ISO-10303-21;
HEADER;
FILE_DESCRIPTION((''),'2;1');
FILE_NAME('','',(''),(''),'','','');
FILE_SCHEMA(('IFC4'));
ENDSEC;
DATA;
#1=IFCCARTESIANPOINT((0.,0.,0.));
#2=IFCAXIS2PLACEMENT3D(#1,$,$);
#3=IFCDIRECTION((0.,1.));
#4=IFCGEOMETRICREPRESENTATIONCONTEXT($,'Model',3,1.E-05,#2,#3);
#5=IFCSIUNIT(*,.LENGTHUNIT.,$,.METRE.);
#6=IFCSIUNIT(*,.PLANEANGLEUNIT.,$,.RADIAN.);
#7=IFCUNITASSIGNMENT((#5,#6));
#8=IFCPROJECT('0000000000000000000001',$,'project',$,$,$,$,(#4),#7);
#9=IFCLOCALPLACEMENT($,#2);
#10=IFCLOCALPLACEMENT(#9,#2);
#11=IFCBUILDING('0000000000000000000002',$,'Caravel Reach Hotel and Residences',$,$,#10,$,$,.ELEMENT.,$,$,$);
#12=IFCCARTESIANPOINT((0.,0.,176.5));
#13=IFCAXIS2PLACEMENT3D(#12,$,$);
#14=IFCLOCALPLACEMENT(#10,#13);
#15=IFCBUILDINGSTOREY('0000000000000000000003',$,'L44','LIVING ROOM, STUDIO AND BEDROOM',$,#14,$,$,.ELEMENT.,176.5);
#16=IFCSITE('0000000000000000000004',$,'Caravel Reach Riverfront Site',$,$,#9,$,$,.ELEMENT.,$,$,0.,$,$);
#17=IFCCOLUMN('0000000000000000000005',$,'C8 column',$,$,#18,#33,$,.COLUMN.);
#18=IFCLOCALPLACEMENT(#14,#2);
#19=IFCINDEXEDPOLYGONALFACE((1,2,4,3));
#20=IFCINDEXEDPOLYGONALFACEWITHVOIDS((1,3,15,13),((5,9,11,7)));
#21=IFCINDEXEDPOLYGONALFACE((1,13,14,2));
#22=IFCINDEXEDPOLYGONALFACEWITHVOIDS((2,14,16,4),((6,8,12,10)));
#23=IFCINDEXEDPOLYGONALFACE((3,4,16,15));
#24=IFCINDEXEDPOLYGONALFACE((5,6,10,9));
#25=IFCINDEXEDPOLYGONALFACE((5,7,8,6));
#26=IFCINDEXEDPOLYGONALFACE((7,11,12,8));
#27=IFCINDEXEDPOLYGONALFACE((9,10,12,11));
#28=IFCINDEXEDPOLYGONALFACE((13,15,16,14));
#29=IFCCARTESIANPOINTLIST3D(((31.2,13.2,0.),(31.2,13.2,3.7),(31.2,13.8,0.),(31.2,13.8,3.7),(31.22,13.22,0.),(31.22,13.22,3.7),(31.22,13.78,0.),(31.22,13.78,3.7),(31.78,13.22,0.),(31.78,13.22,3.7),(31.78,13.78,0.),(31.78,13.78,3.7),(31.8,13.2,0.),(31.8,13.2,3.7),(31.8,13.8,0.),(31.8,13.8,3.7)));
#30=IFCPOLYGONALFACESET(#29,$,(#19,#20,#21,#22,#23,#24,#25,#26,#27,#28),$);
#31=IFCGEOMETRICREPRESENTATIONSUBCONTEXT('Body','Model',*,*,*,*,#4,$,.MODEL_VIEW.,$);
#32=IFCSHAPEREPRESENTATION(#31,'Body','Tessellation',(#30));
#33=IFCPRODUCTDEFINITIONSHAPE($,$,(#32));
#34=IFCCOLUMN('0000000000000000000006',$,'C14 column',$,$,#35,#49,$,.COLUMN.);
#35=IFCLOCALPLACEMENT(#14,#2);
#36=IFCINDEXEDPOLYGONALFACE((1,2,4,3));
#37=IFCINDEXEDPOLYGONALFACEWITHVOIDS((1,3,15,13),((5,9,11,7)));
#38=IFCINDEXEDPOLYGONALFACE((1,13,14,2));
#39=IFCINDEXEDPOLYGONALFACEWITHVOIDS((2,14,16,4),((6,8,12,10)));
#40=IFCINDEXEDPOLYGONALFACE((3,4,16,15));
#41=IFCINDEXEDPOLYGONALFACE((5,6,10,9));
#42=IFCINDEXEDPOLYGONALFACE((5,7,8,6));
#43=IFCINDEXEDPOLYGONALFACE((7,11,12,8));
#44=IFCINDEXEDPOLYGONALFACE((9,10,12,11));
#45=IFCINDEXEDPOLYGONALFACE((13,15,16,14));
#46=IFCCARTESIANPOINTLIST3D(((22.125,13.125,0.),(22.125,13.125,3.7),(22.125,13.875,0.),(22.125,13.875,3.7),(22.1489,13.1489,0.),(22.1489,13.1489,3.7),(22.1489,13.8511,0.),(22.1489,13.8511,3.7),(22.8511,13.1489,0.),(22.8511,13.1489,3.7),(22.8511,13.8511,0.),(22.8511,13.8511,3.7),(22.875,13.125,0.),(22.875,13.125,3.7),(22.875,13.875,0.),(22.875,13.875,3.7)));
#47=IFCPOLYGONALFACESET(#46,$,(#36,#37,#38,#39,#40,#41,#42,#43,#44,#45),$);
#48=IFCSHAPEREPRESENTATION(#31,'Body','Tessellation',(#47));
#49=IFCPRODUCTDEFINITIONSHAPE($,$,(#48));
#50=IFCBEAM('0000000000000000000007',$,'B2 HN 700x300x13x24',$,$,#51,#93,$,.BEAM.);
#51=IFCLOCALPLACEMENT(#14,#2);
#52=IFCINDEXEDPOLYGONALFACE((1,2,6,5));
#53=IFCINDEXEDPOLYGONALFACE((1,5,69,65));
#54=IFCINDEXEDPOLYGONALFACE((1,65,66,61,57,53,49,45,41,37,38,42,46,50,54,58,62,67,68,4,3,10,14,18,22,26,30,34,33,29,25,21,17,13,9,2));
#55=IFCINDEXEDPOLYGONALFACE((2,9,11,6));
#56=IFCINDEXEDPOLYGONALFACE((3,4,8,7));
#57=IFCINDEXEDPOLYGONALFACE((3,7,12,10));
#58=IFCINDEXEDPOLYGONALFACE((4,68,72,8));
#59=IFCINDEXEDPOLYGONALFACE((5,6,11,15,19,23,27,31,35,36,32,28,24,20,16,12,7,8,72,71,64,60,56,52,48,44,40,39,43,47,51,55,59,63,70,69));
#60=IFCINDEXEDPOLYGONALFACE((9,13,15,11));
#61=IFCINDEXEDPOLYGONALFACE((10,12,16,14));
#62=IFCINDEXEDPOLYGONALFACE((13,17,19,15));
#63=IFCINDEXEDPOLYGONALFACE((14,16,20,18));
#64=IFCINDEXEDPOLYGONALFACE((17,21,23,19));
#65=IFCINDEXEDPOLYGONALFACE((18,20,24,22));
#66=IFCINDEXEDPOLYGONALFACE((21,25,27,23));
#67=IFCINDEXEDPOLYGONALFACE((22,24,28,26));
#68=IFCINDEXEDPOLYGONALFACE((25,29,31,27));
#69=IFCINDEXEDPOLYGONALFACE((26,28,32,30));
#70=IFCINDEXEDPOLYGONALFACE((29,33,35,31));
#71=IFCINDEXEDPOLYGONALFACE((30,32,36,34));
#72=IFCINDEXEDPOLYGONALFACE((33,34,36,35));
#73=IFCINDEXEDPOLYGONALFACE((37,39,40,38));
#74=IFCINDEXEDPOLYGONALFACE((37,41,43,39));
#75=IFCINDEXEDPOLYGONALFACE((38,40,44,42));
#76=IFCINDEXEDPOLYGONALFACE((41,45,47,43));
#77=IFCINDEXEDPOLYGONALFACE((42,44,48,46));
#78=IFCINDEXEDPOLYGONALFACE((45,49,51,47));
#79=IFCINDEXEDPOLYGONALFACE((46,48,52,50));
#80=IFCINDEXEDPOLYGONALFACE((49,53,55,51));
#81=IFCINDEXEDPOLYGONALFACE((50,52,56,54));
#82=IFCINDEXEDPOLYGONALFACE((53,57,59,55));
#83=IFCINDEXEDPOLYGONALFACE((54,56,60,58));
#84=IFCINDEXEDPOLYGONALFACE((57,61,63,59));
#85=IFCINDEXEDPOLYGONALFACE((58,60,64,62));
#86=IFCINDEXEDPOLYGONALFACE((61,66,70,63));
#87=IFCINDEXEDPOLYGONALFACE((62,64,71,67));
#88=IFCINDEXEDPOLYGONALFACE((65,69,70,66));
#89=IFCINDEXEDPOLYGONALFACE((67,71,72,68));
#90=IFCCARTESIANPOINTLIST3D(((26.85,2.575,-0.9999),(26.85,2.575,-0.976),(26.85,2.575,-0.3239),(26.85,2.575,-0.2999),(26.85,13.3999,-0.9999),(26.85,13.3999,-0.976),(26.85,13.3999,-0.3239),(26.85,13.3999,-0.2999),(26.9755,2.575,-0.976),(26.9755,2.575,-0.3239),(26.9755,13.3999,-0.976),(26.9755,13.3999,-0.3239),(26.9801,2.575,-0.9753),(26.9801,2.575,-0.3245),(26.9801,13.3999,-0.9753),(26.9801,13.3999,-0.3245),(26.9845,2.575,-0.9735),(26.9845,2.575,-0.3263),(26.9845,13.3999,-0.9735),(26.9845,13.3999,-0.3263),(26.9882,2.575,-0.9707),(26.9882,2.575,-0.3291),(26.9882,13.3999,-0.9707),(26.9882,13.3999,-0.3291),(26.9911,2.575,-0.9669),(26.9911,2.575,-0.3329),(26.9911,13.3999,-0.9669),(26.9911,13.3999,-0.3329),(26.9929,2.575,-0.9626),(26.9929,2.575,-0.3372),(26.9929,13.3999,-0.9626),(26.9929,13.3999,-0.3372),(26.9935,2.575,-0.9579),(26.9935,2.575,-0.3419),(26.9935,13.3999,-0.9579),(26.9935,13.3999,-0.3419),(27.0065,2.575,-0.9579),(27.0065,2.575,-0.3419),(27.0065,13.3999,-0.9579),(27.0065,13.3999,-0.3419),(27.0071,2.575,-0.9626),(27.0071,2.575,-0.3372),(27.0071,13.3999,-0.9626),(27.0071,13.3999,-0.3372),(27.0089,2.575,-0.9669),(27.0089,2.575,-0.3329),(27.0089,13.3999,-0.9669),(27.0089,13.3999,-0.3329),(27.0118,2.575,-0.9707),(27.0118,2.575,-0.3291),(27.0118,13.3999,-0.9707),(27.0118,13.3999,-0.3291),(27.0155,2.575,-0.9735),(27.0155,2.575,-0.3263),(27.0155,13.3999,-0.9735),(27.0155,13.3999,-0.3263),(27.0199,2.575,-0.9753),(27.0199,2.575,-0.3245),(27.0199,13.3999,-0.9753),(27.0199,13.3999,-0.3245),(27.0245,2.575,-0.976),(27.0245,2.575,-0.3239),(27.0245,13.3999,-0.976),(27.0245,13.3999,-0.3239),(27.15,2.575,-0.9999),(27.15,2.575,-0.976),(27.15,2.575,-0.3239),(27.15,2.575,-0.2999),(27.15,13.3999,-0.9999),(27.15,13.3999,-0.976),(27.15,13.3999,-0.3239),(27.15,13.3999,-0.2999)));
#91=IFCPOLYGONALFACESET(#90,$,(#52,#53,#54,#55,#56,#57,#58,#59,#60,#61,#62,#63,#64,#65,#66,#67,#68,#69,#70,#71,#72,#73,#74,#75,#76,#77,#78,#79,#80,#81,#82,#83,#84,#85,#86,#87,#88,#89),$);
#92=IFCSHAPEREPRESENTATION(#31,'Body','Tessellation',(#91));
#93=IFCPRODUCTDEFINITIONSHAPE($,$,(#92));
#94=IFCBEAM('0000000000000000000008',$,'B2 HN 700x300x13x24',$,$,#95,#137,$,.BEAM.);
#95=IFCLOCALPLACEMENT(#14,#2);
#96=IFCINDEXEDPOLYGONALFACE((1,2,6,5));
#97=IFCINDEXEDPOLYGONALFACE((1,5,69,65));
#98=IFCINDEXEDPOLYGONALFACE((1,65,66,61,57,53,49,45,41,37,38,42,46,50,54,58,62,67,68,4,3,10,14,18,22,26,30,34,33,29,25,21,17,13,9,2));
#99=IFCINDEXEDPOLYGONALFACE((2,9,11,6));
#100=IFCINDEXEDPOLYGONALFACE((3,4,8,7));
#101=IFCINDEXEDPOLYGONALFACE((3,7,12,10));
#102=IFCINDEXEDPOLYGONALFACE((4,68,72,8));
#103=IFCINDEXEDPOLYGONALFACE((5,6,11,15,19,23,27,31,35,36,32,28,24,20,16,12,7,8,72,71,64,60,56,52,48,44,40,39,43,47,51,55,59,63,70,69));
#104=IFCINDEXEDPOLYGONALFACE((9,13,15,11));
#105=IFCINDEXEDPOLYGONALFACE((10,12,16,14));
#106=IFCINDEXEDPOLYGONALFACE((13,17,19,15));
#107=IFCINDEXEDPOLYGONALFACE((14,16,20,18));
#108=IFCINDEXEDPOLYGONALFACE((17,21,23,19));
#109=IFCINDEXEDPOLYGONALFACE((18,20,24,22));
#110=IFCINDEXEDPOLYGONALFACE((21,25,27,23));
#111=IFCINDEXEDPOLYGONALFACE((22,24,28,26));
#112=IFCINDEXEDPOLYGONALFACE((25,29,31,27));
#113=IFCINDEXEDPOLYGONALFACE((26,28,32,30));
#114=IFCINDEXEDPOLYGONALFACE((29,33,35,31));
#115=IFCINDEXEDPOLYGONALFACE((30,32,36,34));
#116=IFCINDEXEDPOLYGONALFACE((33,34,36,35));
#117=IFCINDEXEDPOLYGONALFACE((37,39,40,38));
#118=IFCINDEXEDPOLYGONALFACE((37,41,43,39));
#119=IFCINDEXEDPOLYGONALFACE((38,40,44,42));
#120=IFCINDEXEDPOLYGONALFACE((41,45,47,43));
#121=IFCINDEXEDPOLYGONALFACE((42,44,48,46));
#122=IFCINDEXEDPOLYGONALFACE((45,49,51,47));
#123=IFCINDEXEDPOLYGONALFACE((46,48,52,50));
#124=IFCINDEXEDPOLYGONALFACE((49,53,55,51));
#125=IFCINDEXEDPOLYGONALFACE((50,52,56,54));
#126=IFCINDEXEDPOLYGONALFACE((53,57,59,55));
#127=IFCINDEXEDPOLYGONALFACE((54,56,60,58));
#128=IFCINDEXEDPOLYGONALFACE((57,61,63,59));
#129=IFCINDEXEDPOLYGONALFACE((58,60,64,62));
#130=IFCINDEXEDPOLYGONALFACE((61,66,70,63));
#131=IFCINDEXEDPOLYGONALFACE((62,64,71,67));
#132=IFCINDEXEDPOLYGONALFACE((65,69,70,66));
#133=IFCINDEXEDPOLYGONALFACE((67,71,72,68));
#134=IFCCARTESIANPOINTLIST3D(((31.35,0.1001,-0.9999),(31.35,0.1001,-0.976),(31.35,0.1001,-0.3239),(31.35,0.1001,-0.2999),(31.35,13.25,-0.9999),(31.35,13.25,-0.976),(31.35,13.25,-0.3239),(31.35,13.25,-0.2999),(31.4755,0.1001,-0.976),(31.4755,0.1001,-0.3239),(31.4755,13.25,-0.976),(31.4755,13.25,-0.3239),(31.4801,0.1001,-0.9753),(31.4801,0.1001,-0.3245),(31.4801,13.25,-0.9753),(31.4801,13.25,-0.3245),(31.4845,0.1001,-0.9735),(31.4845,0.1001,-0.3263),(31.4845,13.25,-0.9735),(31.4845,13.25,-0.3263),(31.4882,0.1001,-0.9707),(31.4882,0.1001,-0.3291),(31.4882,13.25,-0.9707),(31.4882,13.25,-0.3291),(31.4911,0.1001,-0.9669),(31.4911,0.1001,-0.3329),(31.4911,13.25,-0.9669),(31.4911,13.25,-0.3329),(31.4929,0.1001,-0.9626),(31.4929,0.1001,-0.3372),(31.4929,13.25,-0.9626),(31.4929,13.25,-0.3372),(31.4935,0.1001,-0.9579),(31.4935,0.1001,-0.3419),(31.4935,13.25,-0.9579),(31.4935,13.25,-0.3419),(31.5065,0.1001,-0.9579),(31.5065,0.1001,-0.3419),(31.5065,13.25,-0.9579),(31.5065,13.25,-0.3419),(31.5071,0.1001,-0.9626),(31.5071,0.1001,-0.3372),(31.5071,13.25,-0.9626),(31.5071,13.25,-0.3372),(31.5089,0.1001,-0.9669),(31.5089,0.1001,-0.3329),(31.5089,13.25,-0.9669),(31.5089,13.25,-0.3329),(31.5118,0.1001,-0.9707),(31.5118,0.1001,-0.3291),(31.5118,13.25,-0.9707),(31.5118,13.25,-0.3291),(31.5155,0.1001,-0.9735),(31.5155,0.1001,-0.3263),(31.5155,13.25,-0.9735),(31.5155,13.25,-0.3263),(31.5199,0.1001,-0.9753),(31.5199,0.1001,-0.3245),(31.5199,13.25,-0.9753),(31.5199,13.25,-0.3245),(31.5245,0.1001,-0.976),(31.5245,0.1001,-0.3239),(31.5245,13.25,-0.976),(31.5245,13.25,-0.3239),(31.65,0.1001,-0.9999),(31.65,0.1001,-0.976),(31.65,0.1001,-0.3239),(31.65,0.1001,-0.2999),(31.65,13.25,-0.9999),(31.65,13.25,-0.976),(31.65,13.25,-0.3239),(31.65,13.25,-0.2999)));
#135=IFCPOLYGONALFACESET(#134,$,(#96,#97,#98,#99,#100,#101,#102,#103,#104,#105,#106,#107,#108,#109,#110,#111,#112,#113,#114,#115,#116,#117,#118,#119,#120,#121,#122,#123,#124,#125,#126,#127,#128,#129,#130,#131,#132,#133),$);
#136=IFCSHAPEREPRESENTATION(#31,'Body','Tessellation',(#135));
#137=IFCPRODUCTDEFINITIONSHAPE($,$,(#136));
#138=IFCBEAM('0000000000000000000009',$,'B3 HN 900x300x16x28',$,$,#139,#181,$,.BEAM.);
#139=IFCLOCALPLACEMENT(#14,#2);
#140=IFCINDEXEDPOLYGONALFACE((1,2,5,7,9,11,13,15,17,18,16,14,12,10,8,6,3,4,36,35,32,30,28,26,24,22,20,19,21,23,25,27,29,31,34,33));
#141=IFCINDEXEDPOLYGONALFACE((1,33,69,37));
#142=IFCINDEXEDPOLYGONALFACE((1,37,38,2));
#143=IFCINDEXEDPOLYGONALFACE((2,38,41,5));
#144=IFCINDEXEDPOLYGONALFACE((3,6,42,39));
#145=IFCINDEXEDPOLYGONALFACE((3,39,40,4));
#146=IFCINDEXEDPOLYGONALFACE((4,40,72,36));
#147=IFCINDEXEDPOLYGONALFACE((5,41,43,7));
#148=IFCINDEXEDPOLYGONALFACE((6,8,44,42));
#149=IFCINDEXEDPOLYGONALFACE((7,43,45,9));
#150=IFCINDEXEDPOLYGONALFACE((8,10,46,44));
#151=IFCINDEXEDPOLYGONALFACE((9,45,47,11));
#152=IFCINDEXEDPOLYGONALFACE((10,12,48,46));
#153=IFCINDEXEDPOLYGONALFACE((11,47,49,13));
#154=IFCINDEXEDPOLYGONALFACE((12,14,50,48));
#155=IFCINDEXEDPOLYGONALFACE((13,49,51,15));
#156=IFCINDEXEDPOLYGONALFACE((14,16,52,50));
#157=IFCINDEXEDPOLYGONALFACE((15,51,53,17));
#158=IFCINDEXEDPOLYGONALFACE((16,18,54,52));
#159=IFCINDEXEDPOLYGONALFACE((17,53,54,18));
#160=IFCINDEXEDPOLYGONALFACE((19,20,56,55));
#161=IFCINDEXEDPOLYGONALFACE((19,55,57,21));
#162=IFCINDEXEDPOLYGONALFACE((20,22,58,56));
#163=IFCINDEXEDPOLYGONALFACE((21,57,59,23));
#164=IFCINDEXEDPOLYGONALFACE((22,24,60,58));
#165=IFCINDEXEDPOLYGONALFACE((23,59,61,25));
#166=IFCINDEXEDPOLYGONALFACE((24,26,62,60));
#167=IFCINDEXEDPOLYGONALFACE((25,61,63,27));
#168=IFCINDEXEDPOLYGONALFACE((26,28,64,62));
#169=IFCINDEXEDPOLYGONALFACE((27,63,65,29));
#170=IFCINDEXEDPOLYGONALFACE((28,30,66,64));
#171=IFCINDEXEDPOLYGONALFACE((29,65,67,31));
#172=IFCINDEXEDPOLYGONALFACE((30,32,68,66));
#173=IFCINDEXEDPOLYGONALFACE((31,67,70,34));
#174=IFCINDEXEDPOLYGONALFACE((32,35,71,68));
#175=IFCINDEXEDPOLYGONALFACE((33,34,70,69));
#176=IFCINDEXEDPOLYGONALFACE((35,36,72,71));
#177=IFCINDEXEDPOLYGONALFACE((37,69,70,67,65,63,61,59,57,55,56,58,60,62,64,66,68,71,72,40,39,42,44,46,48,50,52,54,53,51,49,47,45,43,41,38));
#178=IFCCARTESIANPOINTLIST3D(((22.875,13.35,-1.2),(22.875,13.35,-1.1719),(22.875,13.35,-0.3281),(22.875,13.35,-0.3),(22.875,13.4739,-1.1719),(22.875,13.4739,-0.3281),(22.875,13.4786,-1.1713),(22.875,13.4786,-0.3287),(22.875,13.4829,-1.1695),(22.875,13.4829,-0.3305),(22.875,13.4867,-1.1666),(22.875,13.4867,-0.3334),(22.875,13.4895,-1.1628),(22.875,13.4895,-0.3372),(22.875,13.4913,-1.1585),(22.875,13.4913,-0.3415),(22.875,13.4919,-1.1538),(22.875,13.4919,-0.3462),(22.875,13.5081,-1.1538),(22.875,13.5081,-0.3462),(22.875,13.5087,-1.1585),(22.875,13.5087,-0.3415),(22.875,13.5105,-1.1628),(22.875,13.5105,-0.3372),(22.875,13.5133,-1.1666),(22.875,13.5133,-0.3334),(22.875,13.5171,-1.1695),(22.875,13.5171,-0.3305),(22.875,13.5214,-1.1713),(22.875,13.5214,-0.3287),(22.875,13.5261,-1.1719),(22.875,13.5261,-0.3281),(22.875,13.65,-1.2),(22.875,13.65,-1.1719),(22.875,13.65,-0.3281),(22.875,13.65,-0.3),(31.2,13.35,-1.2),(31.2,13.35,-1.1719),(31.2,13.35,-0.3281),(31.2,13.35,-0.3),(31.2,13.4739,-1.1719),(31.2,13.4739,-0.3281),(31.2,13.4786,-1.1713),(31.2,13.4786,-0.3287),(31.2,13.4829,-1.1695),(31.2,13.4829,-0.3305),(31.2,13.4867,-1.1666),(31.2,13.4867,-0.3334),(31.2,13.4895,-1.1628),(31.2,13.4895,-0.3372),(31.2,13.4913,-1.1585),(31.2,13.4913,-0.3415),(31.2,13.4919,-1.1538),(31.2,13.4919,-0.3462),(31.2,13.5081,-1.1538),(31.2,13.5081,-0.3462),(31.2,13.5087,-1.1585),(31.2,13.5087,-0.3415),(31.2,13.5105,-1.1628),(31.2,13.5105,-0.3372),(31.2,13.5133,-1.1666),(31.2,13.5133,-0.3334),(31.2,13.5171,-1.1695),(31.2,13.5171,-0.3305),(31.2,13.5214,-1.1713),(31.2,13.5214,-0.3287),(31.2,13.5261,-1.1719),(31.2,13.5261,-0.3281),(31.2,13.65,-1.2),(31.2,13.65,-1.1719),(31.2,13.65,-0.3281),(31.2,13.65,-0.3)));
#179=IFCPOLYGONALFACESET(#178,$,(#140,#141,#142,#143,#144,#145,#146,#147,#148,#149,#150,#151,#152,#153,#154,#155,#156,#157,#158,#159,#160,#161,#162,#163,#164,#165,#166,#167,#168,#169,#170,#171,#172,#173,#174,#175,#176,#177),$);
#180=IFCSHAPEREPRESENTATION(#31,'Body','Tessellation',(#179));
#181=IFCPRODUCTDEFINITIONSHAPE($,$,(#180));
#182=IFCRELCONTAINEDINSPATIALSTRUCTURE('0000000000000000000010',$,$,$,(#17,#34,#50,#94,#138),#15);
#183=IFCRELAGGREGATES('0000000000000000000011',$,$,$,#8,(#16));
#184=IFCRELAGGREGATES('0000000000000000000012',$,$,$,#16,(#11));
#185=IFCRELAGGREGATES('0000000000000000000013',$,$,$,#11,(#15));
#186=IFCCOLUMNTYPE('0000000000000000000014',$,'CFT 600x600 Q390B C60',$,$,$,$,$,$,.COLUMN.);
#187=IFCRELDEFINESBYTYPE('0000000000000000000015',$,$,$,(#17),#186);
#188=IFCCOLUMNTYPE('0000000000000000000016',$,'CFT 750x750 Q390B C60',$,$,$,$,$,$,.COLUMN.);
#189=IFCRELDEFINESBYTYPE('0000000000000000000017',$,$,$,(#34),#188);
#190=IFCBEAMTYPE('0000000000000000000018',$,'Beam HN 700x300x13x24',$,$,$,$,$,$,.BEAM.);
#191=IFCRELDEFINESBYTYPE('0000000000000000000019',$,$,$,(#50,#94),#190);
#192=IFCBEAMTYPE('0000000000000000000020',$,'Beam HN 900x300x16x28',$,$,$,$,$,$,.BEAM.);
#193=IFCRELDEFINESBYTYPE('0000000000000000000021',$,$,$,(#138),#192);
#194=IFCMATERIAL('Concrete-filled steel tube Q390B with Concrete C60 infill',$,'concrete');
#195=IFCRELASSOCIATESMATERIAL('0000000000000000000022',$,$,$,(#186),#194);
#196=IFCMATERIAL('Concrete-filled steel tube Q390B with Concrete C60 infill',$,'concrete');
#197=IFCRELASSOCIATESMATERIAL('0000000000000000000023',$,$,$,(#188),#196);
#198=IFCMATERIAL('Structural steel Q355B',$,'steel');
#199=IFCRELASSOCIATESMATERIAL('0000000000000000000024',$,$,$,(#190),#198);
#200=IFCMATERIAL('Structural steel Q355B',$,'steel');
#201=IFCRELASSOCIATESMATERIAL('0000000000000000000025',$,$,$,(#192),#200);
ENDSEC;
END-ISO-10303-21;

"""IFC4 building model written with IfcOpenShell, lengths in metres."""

from ifc_helpers import new_model, si_unit, direction, frame, origin, origin_2d, place, context, subcontext, project, spatial, hollow_rectangle, i_section, extrude, material, material_profile, profile_set, type_object, element, save


model = new_model("IFC4")

# Units and contexts
model_context = context("Model", 3, precision=1e-05, world=origin(), true_north=direction((0.0, 1.0)))
body_context = subcontext(model_context, "Body", "Model", "MODEL_VIEW")
ifc_project = project(units=[si_unit("LENGTHUNIT", "METRE"), si_unit("PLANEANGLEUNIT", "RADIAN")], contexts=[model_context])

# Site, building, storey
site_placement = place(None, origin())
site = spatial("IfcSite", under=ifc_project, at=site_placement, Name="Caravel Reach Riverfront Site", CompositionType="ELEMENT", RefElevation=0.0)
building_placement = place(site_placement, origin())
building = spatial("IfcBuilding", under=site, at=building_placement, Name="Caravel Reach Hotel and Residences", CompositionType="ELEMENT")
storey_placement = place(building_placement, frame((0.0, 0.0, 176.5)))
storey = spatial("IfcBuildingStorey", under=building, at=storey_placement, Name="L44", Description="LIVING ROOM, STUDIO AND BEDROOM", CompositionType="ELEMENT", Elevation=176.5)

# Columns
ifc_material_1 = material(Name="Concrete-filled steel tube Q390B with Concrete C60 infill", Category="concrete")
ifc_material_profile_1 = material_profile(ifc_material_1, hollow_rectangle(XDim=0.6001, YDim=0.6001, WallThickness=0.02, at=origin_2d()), Name="RHS 600x600x20")
ifc_profile_set_1 = profile_set([ifc_material_profile_1], Name="Concrete-filled steel tube Q390B with Concrete C60 infill")
column_type_1 = type_object("IfcColumnType", Name="CFT 600x600 Q390B C60", PredefinedType="COLUMN", material=ifc_profile_set_1)
column_1_placement = place(storey_placement, frame((31.5, 13.5, 0.0), z_axis=(0.0, 0.0, 1.0), x_axis=(1.0, 0.0, 0.0)))
element("IfcColumn", 1, at=column_1_placement, inside=storey, type_object=column_type_1, Name="C8 column", PredefinedType="COLUMN", context=body_context, shape_type="SweptSolid", body=[
    extrude(hollow_rectangle(XDim=0.6001, YDim=0.6001, WallThickness=0.02, at=origin_2d()), origin(), (0.0, 0.0, 1.0), 3.7),
])
ifc_material_2 = material(Name="Concrete-filled steel tube Q390B with Concrete C60 infill", Category="concrete")
ifc_material_profile_2 = material_profile(ifc_material_2, hollow_rectangle(XDim=0.75, YDim=0.75, WallThickness=0.0239, at=origin_2d()), Name="RHS 750x750x24")
ifc_profile_set_2 = profile_set([ifc_material_profile_2], Name="Concrete-filled steel tube Q390B with Concrete C60 infill")
column_type_2 = type_object("IfcColumnType", Name="CFT 750x750 Q390B C60", PredefinedType="COLUMN", material=ifc_profile_set_2)
column_2_placement = place(storey_placement, frame((22.5, 13.5, 0.0), z_axis=(0.0, 0.0, 1.0), x_axis=(1.0, 0.0, 0.0)))
element("IfcColumn", 2, at=column_2_placement, inside=storey, type_object=column_type_2, Name="C14 column", PredefinedType="COLUMN", context=body_context, shape_type="SweptSolid", body=[
    extrude(hollow_rectangle(XDim=0.75, YDim=0.75, WallThickness=0.0239, at=origin_2d()), origin(), (0.0, 0.0, 1.0), 3.7),
])

# Beams
ifc_material_3 = material(Name="Structural steel Q355B", Category="steel")
ifc_material_profile_3 = material_profile(ifc_material_3, i_section(OverallWidth=0.3, OverallDepth=0.7, WebThickness=0.0129, FlangeThickness=0.0239, FilletRadius=0.0181, at=origin_2d()), Name="HN 700x300x13x24")
ifc_profile_set_3 = profile_set([ifc_material_profile_3], Name="Structural steel Q355B")
beam_type_1 = type_object("IfcBeamType", Name="Beam HN 700x300x13x24", PredefinedType="BEAM", material=ifc_profile_set_3)
beam_1_placement = place(storey_placement, frame((27.0, 13.3999, -0.6499), z_axis=(0.0, -1.0, 0.0), x_axis=(1.0, 0.0, 0.0)))
element("IfcBeam", 3, at=beam_1_placement, inside=storey, type_object=beam_type_1, Name="B2 HN 700x300x13x24", PredefinedType="BEAM", context=body_context, shape_type="SweptSolid", body=[
    extrude(i_section(OverallWidth=0.3, OverallDepth=0.7, WebThickness=0.0129, FlangeThickness=0.0239, FilletRadius=0.0181, at=origin_2d()), origin(), (0.0, 0.0, 1.0), 10.825),
])
beam_2_placement = place(storey_placement, frame((31.5, 13.25, -0.6499), z_axis=(0.0, -1.0, 0.0), x_axis=(1.0, 0.0, 0.0)))
element("IfcBeam", 4, at=beam_2_placement, inside=storey, type_object=beam_type_1, Name="B2 HN 700x300x13x24", PredefinedType="BEAM", context=body_context, shape_type="SweptSolid", body=[
    extrude(i_section(OverallWidth=0.3, OverallDepth=0.7, WebThickness=0.0129, FlangeThickness=0.0239, FilletRadius=0.0181, at=origin_2d()), origin(), (0.0, 0.0, 1.0), 13.1499),
])
ifc_material_4 = material(Name="Structural steel Q355B", Category="steel")
ifc_material_profile_4 = material_profile(ifc_material_4, i_section(OverallWidth=0.3, OverallDepth=0.8999, WebThickness=0.0161, FlangeThickness=0.0281, FilletRadius=0.0181, at=origin_2d()), Name="HN 900x300x16x28")
ifc_profile_set_4 = profile_set([ifc_material_profile_4], Name="Structural steel Q355B")
beam_type_2 = type_object("IfcBeamType", Name="Beam HN 900x300x16x28", PredefinedType="BEAM", material=ifc_profile_set_4)
beam_3_placement = place(storey_placement, frame((22.875, 13.5, -0.75), z_axis=(1.0, 0.0, 0.0), x_axis=(0.0, 1.0, 0.0)))
element("IfcBeam", 5, at=beam_3_placement, inside=storey, type_object=beam_type_2, Name="B3 HN 900x300x16x28", PredefinedType="BEAM", context=body_context, shape_type="SweptSolid", body=[
    extrude(i_section(OverallWidth=0.3, OverallDepth=0.8999, WebThickness=0.0161, FlangeThickness=0.0281, FilletRadius=0.0181, at=origin_2d()), origin(), (0.0, 0.0, 1.0), 8.325),
])

save(model, "model.ifc")
